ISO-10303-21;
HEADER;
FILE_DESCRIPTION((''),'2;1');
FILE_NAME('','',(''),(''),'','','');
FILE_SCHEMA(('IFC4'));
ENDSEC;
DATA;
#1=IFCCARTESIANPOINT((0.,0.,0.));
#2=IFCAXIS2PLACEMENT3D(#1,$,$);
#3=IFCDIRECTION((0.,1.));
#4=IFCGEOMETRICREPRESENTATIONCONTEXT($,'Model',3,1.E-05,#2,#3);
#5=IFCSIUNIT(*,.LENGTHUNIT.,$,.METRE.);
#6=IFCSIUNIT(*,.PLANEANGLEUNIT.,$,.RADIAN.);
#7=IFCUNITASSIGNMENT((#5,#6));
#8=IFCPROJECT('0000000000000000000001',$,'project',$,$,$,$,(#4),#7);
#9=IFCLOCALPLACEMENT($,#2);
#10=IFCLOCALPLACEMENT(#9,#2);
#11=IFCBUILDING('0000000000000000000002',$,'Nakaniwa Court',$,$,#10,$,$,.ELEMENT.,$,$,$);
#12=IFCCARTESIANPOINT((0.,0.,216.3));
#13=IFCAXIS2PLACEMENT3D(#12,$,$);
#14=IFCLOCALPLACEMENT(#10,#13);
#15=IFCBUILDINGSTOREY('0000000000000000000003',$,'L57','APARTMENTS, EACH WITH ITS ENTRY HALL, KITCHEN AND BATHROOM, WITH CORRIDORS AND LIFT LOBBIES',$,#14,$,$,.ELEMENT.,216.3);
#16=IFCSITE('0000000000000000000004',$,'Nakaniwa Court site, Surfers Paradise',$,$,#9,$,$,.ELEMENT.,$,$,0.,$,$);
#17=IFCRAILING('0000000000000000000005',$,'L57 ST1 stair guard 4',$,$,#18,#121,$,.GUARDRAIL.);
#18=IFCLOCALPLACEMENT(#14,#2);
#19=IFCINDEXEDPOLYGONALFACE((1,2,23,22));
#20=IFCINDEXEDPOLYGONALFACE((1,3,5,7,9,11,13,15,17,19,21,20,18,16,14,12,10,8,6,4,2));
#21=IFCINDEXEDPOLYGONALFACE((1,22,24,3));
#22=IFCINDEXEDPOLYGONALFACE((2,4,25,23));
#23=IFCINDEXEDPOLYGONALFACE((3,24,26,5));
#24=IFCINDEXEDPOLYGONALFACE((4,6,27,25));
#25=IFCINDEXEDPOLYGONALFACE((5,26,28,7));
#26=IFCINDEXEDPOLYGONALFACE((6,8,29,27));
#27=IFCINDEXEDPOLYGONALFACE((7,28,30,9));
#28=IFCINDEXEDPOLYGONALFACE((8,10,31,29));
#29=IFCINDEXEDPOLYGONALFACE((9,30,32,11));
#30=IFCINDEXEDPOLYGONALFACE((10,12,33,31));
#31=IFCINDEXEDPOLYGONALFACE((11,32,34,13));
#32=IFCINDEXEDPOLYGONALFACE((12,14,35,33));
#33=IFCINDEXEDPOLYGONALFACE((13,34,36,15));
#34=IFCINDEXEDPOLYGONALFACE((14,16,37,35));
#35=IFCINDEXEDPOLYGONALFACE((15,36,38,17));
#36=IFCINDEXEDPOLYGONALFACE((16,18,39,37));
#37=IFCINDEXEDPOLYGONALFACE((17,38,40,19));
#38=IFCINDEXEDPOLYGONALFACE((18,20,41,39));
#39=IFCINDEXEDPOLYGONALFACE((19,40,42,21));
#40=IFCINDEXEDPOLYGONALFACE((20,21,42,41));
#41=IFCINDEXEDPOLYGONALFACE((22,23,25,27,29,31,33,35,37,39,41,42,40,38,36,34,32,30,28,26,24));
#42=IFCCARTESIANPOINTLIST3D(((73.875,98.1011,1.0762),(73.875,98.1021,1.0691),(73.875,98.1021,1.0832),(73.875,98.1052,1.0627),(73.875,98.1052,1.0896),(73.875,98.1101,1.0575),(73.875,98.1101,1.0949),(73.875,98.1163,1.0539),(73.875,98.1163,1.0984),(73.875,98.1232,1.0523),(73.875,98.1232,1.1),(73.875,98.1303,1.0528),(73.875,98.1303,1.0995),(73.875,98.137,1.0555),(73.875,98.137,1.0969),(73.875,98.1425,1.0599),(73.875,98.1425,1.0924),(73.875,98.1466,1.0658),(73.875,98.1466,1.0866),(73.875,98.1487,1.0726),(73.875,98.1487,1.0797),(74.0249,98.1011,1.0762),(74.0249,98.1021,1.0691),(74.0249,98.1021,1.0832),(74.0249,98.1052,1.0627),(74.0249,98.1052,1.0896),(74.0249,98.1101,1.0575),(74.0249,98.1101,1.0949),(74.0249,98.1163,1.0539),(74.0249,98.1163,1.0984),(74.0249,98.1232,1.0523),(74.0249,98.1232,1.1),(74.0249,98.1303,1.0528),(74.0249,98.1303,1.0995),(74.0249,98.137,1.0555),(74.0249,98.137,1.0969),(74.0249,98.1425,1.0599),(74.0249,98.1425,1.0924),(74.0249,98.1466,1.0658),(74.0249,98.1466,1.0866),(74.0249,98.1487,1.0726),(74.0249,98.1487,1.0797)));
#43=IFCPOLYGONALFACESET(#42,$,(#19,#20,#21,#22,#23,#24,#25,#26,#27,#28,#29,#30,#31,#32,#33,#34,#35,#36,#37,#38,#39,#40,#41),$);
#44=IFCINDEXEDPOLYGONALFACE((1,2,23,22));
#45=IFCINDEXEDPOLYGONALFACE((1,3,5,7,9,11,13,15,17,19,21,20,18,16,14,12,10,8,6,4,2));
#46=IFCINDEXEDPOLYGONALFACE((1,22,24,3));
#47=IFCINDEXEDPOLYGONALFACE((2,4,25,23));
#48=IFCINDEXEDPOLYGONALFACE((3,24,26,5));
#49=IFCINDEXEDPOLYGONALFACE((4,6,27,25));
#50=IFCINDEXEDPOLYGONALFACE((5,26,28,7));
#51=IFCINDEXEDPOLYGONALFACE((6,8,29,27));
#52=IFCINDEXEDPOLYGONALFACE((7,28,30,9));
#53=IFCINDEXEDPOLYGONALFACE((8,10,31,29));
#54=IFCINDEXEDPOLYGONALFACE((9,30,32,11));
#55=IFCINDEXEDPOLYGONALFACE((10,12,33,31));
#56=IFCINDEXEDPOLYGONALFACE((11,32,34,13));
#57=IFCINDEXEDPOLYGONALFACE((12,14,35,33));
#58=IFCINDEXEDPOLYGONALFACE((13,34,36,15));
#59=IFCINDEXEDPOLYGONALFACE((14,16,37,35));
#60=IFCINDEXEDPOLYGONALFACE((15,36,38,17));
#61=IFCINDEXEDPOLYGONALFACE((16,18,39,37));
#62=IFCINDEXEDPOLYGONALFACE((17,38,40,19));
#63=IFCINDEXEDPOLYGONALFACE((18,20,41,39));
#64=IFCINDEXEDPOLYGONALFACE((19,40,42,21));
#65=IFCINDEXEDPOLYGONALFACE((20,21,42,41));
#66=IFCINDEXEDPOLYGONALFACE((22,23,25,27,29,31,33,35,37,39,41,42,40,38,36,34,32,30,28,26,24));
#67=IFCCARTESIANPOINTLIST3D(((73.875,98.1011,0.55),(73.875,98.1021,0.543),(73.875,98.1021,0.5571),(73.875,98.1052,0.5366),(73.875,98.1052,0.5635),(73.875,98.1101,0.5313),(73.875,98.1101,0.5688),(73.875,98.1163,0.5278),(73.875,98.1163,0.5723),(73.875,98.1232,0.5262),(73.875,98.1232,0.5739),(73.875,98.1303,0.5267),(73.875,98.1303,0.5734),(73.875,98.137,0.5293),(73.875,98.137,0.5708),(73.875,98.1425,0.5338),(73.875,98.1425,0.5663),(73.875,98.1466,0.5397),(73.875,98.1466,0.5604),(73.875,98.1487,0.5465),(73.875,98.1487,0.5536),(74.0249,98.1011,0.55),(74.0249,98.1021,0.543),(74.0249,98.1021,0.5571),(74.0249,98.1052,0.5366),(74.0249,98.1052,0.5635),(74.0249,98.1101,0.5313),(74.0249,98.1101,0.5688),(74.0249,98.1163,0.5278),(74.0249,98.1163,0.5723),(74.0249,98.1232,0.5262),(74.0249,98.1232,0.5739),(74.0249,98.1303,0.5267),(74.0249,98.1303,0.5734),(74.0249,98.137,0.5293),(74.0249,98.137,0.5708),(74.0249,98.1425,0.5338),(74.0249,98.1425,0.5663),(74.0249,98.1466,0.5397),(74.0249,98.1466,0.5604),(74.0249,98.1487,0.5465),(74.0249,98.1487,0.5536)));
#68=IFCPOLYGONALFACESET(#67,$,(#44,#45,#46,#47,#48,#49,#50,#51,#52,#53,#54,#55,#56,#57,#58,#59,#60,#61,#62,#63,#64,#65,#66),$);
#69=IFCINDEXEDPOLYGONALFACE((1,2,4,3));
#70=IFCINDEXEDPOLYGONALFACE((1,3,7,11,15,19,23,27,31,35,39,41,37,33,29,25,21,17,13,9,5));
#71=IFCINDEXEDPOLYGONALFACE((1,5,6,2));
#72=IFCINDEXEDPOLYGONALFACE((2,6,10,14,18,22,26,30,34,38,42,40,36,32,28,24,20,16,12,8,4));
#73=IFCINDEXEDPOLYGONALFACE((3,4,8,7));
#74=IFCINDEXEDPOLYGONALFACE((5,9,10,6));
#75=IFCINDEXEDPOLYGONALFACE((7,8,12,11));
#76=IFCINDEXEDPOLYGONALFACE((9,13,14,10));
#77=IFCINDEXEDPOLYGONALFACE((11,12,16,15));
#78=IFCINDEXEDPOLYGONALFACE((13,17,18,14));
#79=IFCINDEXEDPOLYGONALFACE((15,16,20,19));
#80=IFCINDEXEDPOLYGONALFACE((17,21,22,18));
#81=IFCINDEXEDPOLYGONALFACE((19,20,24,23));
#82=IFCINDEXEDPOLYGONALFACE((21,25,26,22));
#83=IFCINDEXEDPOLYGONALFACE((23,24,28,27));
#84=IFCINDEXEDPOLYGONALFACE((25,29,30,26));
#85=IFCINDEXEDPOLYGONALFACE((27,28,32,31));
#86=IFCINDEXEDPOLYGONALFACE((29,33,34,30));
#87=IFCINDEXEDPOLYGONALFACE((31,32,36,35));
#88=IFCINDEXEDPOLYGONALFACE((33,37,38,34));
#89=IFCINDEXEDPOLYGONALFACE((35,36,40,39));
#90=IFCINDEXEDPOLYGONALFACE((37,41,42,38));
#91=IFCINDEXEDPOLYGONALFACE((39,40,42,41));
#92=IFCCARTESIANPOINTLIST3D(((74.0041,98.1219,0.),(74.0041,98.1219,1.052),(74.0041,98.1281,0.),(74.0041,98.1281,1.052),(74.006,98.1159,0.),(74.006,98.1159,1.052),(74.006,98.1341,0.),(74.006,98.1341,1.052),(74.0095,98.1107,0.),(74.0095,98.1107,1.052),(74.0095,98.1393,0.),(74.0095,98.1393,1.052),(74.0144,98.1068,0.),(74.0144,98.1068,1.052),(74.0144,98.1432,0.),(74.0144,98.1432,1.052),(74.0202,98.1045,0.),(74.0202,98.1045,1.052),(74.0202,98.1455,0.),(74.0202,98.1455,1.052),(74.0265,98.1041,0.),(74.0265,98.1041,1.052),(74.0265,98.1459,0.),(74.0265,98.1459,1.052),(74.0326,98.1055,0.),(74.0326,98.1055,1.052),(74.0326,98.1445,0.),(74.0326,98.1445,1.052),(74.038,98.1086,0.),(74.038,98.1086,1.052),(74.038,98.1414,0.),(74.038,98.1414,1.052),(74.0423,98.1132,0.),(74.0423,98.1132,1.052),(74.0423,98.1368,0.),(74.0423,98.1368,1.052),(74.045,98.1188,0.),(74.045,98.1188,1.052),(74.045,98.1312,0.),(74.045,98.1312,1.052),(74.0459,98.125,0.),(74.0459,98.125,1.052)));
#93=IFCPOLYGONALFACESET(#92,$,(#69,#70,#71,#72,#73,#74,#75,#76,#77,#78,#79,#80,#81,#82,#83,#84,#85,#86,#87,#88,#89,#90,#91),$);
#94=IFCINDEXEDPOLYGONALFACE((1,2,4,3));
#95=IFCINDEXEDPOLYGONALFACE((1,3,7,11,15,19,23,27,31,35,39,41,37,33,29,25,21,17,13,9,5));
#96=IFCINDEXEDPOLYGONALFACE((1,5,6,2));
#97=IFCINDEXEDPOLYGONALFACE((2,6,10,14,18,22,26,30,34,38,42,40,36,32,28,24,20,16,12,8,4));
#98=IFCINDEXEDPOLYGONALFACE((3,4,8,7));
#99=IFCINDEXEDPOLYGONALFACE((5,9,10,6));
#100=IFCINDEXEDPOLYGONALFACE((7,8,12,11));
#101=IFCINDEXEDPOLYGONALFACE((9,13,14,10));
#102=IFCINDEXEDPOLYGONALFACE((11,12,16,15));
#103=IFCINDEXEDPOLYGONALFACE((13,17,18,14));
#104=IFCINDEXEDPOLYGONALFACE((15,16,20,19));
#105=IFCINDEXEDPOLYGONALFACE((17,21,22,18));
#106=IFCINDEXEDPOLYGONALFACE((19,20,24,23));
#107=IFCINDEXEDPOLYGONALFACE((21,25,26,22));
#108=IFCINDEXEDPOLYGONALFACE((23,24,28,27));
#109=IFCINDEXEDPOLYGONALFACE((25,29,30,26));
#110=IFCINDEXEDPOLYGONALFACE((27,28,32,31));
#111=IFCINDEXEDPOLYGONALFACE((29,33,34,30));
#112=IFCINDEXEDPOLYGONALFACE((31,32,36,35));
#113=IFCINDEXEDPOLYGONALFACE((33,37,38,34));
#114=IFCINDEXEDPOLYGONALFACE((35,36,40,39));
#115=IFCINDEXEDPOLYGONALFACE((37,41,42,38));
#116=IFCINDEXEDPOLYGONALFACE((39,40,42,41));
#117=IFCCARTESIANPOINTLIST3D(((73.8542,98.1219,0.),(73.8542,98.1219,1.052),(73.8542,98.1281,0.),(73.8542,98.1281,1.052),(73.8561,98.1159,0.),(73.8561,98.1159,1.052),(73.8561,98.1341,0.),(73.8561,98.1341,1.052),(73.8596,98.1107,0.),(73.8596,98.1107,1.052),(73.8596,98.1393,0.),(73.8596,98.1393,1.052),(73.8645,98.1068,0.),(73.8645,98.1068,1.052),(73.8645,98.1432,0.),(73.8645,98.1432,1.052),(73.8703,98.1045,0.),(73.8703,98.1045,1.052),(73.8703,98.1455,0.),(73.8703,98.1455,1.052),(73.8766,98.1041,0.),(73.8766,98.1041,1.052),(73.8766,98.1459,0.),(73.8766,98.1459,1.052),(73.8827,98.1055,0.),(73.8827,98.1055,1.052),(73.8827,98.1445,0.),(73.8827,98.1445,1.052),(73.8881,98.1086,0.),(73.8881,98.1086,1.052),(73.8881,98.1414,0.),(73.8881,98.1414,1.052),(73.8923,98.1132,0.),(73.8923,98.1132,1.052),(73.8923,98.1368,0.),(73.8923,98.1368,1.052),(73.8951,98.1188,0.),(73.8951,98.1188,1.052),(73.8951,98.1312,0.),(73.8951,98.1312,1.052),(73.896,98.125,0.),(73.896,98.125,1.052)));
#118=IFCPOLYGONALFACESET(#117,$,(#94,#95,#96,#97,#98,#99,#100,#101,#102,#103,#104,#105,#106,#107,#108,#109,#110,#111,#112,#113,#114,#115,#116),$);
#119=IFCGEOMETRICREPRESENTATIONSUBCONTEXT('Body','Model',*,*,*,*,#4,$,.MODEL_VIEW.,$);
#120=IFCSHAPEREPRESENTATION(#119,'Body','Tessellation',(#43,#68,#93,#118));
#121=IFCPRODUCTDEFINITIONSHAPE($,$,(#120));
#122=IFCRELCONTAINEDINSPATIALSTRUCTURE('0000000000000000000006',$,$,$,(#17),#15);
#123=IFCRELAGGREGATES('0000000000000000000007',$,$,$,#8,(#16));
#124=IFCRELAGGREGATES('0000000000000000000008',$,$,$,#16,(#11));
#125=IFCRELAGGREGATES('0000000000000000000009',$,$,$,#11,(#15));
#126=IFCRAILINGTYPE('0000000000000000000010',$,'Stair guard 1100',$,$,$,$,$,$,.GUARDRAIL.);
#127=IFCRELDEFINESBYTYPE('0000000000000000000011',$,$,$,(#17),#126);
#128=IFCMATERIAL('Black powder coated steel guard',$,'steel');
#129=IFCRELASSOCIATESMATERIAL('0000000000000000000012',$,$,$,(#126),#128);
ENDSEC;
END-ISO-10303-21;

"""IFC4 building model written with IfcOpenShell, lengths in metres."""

from ifc_helpers import new_model, si_unit, direction, frame, origin, origin_2d, place, context, subcontext, project, spatial, circle, extrude, material, type_object, element, save


model = new_model("IFC4")

# Units and contexts
model_context = context("Model", 3, precision=1e-05, world=origin(), true_north=direction((0.0, 1.0)))
body_context = subcontext(model_context, "Body", "Model", "MODEL_VIEW")
ifc_project = project(units=[si_unit("LENGTHUNIT", "METRE"), si_unit("PLANEANGLEUNIT", "RADIAN")], contexts=[model_context])

# Site, building, storey
site_placement = place(None, origin())
site = spatial("IfcSite", under=ifc_project, at=site_placement, Name="Nakaniwa Court site, Surfers Paradise", CompositionType="ELEMENT", RefElevation=0.0)
building_placement = place(site_placement, origin())
building = spatial("IfcBuilding", under=site, at=building_placement, Name="Nakaniwa Court", CompositionType="ELEMENT")
storey_placement = place(building_placement, frame((0.0, 0.0, 216.3)))
storey = spatial("IfcBuildingStorey", under=building, at=storey_placement, Name="L57", Description="APARTMENTS, EACH WITH ITS ENTRY HALL, KITCHEN AND BATHROOM, WITH CORRIDORS AND LIFT LOBBIES", CompositionType="ELEMENT", Elevation=216.3)

# Railing
ifc_material_1 = material(Name="Black powder coated steel guard", Category="steel")
railing_type_1 = type_object("IfcRailingType", Name="Stair guard 1100", PredefinedType="GUARDRAIL", material=ifc_material_1)
railing_1_placement = place(storey_placement, frame((74.0249, 98.125, 0.0)))
element("IfcRailing", 1, at=railing_1_placement, inside=storey, type_object=railing_type_1, Name="L57 ST1 stair guard 4", PredefinedType="GUARDRAIL", context=body_context, shape_type="SweptSolid", body=[
    extrude(circle(Radius=0.0239, at=origin_2d()), frame((0.0, 0.0, 1.0762), z_axis=(-1.0, 0.0, 0.0), x_axis=(0.0, -1.0, 0.0)), (0.0, 0.0, 1.0), 0.1499),
    extrude(circle(Radius=0.0239, at=origin_2d()), frame((0.0, 0.0, 0.55), z_axis=(-1.0, 0.0, 0.0), x_axis=(0.0, -1.0, 0.0)), (0.0, 0.0, 1.0), 0.1499),
    extrude(circle(Radius=0.021, at=origin_2d()), origin(), (0.0, 0.0, 1.0), 1.052),
    extrude(circle(Radius=0.021, at=origin_2d()), frame((-0.1499, 0.0, 0.0)), (0.0, 0.0, 1.0), 1.052),
])

save(model, "model.ifc")
